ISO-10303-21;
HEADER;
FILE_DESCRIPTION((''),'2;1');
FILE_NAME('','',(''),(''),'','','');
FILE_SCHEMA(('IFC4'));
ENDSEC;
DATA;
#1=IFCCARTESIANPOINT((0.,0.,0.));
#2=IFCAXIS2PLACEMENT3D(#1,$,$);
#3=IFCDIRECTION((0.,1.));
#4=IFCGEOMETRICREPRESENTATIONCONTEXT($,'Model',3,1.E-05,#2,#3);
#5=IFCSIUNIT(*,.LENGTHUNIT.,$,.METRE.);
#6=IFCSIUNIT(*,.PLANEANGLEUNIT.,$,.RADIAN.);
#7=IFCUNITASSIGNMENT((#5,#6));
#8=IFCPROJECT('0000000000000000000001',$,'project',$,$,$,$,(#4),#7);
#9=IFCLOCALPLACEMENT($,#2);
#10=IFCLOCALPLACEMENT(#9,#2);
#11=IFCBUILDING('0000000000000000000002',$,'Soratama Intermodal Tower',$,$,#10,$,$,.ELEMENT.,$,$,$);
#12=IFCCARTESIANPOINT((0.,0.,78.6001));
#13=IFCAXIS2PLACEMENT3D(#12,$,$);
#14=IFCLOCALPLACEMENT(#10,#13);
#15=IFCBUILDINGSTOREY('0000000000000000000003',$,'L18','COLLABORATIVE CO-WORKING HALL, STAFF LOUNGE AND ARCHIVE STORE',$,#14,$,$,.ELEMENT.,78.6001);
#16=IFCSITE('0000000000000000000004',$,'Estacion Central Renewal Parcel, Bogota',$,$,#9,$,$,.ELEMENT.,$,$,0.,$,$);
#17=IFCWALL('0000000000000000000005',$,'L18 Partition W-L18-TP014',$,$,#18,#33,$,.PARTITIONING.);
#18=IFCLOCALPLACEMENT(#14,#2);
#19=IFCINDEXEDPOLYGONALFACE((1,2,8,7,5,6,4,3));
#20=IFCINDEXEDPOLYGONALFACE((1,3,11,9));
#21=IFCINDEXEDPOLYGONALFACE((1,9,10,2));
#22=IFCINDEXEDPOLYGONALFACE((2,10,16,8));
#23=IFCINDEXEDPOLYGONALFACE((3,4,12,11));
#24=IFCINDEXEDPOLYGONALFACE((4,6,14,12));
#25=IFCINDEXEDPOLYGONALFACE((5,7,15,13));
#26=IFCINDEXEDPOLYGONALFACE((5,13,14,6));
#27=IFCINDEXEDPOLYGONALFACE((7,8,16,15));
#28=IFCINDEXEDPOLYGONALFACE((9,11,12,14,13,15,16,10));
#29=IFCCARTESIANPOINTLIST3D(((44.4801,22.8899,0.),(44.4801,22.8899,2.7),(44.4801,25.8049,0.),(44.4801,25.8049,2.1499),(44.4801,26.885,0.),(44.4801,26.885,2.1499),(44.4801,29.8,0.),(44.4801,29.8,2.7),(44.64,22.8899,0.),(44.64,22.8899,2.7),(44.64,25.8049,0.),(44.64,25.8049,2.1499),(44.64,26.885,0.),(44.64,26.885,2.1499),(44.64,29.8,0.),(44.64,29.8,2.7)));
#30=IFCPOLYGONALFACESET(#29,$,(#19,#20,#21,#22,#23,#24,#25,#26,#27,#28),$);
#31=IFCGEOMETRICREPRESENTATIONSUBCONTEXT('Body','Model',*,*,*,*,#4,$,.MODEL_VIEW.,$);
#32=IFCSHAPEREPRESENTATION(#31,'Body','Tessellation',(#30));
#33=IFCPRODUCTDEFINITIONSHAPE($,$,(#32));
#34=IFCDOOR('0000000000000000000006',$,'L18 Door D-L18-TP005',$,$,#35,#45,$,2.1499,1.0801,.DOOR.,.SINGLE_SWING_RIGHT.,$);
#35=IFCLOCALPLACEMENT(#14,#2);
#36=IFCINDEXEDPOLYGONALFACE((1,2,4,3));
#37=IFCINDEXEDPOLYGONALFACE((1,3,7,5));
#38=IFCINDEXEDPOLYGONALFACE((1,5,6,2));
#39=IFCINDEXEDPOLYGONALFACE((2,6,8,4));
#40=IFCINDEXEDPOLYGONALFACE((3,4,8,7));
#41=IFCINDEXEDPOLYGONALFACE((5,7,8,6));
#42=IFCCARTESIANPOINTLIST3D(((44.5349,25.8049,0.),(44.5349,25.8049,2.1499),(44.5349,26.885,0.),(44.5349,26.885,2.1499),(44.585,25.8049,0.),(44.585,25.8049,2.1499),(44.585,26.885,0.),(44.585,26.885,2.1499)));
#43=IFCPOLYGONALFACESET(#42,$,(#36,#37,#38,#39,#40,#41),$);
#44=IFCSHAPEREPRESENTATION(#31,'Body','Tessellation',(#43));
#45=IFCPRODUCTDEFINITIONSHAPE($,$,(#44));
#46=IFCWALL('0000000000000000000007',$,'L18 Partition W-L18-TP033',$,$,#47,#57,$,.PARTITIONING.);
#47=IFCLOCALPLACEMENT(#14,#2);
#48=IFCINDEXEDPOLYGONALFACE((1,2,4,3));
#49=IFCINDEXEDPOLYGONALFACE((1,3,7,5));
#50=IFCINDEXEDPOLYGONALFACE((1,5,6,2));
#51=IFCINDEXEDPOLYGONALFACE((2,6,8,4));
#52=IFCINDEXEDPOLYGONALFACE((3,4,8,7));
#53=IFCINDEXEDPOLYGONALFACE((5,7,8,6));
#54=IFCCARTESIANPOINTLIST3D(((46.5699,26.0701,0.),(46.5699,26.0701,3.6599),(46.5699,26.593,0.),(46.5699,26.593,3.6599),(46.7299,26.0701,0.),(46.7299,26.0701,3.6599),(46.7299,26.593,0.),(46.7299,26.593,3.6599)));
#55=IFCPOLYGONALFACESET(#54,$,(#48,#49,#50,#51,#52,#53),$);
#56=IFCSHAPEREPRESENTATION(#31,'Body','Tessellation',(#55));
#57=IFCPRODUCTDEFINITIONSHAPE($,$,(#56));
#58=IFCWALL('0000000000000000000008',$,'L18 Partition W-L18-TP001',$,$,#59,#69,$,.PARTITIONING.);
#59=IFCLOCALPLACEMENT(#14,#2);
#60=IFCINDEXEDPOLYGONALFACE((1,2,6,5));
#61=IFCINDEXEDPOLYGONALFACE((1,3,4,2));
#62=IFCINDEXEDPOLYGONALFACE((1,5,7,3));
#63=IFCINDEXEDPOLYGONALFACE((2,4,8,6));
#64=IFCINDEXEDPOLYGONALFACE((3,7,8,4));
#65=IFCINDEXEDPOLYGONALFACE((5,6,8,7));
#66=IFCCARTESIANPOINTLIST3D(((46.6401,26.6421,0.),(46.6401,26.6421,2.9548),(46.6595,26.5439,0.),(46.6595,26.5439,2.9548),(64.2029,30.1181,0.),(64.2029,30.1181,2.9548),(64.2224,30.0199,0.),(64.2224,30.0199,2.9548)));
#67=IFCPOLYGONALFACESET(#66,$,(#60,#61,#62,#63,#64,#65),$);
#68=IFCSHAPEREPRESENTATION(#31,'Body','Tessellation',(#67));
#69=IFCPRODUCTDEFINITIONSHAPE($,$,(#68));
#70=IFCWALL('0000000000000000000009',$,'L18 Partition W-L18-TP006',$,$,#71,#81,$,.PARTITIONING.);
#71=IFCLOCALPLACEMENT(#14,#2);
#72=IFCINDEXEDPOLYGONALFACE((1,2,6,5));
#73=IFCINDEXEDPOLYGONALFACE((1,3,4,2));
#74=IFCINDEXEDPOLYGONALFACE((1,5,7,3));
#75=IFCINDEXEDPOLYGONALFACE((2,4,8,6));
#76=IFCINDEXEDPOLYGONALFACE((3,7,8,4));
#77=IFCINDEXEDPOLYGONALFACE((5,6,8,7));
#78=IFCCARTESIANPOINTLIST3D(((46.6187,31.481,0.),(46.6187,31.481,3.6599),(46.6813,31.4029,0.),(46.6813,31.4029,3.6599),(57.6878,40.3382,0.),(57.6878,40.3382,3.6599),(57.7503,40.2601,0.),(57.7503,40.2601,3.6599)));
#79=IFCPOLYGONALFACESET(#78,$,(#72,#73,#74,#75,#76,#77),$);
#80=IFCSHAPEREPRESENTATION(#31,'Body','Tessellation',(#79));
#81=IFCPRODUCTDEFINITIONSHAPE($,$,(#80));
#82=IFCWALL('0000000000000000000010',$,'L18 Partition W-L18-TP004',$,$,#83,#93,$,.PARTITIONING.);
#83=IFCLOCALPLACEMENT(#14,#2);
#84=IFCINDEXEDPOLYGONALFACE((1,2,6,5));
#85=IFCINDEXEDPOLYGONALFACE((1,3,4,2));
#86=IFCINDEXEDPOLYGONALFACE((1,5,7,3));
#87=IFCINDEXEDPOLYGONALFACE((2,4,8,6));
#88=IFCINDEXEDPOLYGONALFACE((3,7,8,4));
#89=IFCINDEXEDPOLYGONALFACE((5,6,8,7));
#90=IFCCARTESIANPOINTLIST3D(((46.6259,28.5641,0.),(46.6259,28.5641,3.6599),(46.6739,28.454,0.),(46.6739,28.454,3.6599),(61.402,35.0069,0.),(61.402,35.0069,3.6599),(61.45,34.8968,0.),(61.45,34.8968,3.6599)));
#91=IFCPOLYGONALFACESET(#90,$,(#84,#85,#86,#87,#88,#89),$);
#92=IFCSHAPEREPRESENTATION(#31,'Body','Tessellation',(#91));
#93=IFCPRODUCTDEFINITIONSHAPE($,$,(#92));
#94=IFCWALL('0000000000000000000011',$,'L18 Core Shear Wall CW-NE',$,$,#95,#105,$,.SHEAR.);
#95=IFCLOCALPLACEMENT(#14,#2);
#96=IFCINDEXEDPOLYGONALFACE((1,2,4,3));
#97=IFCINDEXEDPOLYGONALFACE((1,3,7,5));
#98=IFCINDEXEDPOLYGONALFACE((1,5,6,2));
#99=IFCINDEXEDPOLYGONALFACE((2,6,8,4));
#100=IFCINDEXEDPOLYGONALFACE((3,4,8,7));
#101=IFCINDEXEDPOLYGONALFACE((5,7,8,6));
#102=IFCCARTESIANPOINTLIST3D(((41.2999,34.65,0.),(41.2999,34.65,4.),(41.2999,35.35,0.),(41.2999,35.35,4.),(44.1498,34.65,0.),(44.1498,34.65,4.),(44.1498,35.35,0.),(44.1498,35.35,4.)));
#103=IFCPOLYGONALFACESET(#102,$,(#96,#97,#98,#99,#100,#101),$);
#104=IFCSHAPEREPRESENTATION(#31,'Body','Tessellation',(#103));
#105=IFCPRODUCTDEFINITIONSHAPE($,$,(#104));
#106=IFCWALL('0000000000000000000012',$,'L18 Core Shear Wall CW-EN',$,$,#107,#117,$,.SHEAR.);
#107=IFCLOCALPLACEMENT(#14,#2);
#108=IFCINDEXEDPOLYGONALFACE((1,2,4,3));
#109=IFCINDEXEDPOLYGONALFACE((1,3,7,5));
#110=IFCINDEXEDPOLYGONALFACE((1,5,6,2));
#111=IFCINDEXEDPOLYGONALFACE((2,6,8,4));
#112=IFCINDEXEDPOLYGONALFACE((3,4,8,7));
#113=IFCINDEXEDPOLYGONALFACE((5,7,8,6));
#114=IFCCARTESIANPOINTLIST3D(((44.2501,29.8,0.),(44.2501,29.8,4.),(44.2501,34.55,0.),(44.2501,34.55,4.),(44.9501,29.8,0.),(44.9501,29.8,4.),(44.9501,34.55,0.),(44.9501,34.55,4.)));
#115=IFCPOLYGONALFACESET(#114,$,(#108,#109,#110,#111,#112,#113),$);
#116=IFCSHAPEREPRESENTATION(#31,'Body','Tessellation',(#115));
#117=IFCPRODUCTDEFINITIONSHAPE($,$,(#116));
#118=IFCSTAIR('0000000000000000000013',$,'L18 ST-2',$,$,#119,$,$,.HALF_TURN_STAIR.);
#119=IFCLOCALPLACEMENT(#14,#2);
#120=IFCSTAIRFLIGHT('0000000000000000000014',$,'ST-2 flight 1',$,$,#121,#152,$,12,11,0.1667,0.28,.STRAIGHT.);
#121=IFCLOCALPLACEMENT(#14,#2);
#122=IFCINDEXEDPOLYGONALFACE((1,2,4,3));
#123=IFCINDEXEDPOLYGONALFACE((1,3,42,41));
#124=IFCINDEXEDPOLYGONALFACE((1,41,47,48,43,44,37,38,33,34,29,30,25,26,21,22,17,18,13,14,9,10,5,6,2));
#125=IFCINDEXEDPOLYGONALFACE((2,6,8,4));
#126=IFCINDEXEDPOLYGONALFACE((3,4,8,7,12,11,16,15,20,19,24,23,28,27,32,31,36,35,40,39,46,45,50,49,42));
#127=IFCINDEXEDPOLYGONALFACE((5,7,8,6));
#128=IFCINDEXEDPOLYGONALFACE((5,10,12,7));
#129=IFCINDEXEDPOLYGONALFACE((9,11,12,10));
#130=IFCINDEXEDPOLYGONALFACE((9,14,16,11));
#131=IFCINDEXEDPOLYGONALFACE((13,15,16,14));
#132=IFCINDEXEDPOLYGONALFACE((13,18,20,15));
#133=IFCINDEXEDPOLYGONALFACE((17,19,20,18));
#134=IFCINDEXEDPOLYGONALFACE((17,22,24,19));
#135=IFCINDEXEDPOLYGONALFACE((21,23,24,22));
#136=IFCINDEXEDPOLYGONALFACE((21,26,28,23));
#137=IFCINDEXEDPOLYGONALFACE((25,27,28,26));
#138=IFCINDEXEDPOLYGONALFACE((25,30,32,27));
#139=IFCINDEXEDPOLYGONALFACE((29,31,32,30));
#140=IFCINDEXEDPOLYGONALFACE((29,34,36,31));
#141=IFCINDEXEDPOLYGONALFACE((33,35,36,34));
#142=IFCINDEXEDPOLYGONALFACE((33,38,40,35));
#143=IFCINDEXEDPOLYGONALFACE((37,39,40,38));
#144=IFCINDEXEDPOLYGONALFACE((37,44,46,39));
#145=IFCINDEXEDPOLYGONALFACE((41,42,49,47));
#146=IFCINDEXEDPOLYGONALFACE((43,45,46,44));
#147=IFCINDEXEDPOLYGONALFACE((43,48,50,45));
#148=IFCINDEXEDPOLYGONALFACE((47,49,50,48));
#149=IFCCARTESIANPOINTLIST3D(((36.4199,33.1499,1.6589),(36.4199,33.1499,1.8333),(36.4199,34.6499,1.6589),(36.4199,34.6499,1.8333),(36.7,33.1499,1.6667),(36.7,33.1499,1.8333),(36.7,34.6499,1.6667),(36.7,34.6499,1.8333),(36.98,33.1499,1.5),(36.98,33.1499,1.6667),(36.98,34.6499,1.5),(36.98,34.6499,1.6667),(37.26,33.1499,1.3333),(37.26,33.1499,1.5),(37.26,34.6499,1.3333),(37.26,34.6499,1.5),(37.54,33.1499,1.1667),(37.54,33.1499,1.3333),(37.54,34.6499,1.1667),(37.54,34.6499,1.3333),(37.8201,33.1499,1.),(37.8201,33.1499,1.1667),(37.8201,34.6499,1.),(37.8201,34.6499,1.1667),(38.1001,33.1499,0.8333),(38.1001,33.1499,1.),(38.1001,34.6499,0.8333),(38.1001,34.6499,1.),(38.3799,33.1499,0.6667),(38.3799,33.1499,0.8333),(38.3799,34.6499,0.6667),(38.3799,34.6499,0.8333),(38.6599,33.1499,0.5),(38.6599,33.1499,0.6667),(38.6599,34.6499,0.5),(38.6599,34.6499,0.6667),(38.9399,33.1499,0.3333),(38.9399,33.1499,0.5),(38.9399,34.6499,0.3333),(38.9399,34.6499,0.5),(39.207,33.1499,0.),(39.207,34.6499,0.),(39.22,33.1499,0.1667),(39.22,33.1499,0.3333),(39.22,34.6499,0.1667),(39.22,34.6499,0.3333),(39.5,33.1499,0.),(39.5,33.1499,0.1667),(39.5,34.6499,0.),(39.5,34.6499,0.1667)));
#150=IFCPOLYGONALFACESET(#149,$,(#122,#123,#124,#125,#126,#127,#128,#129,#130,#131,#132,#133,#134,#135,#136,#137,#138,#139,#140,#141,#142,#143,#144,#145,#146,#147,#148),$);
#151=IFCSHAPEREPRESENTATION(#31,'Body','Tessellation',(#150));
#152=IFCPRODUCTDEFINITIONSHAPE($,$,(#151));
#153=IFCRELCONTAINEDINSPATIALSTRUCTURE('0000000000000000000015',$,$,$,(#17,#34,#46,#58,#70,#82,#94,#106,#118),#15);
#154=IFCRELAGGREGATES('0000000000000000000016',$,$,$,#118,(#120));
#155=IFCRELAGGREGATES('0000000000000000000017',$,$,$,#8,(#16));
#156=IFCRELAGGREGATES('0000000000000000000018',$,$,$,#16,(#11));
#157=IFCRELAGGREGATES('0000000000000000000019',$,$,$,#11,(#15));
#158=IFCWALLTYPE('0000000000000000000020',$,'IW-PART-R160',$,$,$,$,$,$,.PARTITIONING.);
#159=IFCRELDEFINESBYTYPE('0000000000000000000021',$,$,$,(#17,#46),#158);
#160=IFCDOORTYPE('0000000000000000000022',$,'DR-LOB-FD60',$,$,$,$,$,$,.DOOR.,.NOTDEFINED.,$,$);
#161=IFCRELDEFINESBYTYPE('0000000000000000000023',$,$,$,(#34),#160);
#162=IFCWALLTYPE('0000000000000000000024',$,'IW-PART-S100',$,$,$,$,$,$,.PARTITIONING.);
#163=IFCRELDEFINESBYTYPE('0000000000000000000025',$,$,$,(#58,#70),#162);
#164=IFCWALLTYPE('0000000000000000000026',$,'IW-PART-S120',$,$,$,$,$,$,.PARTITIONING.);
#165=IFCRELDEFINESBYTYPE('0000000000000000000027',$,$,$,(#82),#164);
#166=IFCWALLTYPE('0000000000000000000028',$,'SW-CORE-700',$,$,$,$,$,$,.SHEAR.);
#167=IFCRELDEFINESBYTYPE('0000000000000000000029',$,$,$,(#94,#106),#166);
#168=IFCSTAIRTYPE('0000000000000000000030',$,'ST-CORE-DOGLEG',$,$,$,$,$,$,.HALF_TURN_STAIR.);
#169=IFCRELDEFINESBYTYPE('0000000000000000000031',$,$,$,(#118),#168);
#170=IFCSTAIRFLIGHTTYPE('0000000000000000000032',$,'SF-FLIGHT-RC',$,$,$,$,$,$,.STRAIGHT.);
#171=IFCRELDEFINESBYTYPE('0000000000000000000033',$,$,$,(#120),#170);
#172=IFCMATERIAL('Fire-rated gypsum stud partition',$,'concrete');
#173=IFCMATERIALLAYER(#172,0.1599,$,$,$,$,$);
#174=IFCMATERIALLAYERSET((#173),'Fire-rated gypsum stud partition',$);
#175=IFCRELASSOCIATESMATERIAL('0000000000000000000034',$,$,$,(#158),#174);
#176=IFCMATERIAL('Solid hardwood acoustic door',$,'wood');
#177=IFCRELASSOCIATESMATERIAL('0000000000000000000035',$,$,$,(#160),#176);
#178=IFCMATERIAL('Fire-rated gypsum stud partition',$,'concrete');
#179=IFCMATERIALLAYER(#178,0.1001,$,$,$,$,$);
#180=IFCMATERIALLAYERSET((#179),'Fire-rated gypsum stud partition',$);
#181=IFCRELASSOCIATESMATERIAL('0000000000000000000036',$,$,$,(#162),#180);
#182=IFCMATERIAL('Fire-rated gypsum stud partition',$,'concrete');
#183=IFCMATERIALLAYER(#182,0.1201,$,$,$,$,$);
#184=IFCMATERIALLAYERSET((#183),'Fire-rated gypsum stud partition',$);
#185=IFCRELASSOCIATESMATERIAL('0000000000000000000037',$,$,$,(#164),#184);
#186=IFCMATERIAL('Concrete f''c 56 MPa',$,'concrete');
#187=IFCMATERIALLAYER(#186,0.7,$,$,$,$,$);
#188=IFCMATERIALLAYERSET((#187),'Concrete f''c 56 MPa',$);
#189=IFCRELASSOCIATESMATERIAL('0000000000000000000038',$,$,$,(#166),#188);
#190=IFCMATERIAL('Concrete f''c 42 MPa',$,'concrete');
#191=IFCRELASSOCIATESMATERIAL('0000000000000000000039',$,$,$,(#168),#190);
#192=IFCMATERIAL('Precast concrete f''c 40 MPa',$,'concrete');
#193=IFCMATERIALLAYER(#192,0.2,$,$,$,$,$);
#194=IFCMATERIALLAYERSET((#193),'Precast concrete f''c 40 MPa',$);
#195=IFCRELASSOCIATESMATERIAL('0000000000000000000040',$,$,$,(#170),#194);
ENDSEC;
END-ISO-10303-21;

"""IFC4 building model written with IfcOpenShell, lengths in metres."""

from ifc_helpers import new_model, si_unit, direction, frame, frame_2d, origin, place, context, subcontext, project, spatial, polyline, rectangle, outline, extrude, material, layer, layer_set, type_object, element, fill, aggregate, save


model = new_model("IFC4")

# Units and contexts
model_context = context("Model", 3, precision=1e-05, world=origin(), true_north=direction((0.0, 1.0)))
body_context = subcontext(model_context, "Body", "Model", "MODEL_VIEW")
ifc_project = project(units=[si_unit("LENGTHUNIT", "METRE"), si_unit("PLANEANGLEUNIT", "RADIAN")], contexts=[model_context])

# Site, building, storey
site_placement = place(None, origin())
site = spatial("IfcSite", under=ifc_project, at=site_placement, Name="Estacion Central Renewal Parcel, Bogota", CompositionType="ELEMENT", RefElevation=0.0)
building_placement = place(site_placement, origin())
building = spatial("IfcBuilding", under=site, at=building_placement, Name="Soratama Intermodal Tower", CompositionType="ELEMENT")
storey_placement = place(building_placement, frame((0.0, 0.0, 78.6001)))
storey = spatial("IfcBuildingStorey", under=building, at=storey_placement, Name="L18", Description="COLLABORATIVE CO-WORKING HALL, STAFF LOUNGE AND ARCHIVE STORE", CompositionType="ELEMENT", Elevation=78.6001)

# Wall, opening, door
ifc_material_1 = material(Name="Fire-rated gypsum stud partition", Category="concrete")
ifc_layer_1 = layer(ifc_material_1, 0.1599)
ifc_layer_set_1 = layer_set([ifc_layer_1], Name="Fire-rated gypsum stud partition")
wall_type_1 = type_object("IfcWallType", Name="IW-PART-R160", PredefinedType="PARTITIONING", material=ifc_layer_set_1)
wall_1_placement = place(storey_placement, frame((44.5601, 29.8, 0.0), z_axis=(0.0, 0.0, 1.0), x_axis=(0.0, -1.0, 0.0)))
wall_1 = element("IfcWall", 1, at=wall_1_placement, inside=storey, type_object=wall_type_1, Name="L18 Partition W-L18-TP014", PredefinedType="PARTITIONING", context=body_context, shape_type="SweptSolid", body=[
    extrude(rectangle(XDim=6.9102, YDim=0.1599, at=frame_2d((3.4551, 0.0))), origin(), (0.0, 0.0, 1.0), 2.7),
])
opening_1_placement = place(wall_1_placement, frame((2.915, 0.0, 0.0)))
opening_1 = element("IfcOpeningElement", 2, at=opening_1_placement, cuts=wall_1, PredefinedType="OPENING", context=body_context, shape_type="SweptSolid", body=[
    extrude(rectangle(XDim=1.0801, YDim=2.1499, at=frame_2d((0.54, 1.075))), frame((0.0, 0.0898, 0.0), z_axis=(0.0, -1.0, 0.0), x_axis=(1.0, 0.0, 0.0)), (0.0, 0.0, 1.0), 0.1799),
])
ifc_material_2 = material(Name="Solid hardwood acoustic door", Category="wood")
door_type_1 = type_object("IfcDoorType", Name="DR-LOB-FD60", OperationType="NOTDEFINED", PredefinedType="DOOR", material=ifc_material_2)
door_1_placement = place(opening_1_placement, origin())
door_1 = element("IfcDoor", 3, at=door_1_placement, inside=storey, type_object=door_type_1, Name="L18 Door D-L18-TP005", OperationType="SINGLE_SWING_RIGHT", OverallHeight=2.1499, OverallWidth=1.0801, PredefinedType="DOOR", context=body_context, shape_type="SweptSolid", body=[
    extrude(rectangle(XDim=1.0801, YDim=2.1499, at=frame_2d((0.54, 1.075))), frame((0.0, 0.0249, 0.0), z_axis=(0.0, -1.0, 0.0), x_axis=(1.0, 0.0, 0.0)), (0.0, 0.0, 1.0), 0.05),
])
fill(opening_1, door_1)

# Walls
wall_2_placement = place(storey_placement, frame((46.6499, 26.593, 0.0), z_axis=(0.0, 0.0, 1.0), x_axis=(0.0, -1.0, 0.0)))
element("IfcWall", 4, at=wall_2_placement, inside=storey, type_object=wall_type_1, Name="L18 Partition W-L18-TP033", PredefinedType="PARTITIONING", context=body_context, shape_type="SweptSolid", body=[
    extrude(rectangle(XDim=0.5229, YDim=0.1599, at=frame_2d((0.2615, 0.0))), origin(), (0.0, 0.0, 1.0), 3.6599),
])
ifc_material_3 = material(Name="Fire-rated gypsum stud partition", Category="concrete")
ifc_layer_2 = layer(ifc_material_3, 0.1001)
ifc_layer_set_2 = layer_set([ifc_layer_2], Name="Fire-rated gypsum stud partition")
wall_type_2 = type_object("IfcWallType", Name="IW-PART-S100", PredefinedType="PARTITIONING", material=ifc_layer_set_2)
wall_3_placement = place(storey_placement, frame((46.6499, 26.593, 0.0), z_axis=(0.0, 0.0, 1.0), x_axis=(0.980971, 0.194154, 0.0)))
element("IfcWall", 5, at=wall_3_placement, inside=storey, type_object=wall_type_2, Name="L18 Partition W-L18-TP001", PredefinedType="PARTITIONING", context=body_context, shape_type="SweptSolid", body=[
    extrude(rectangle(XDim=17.9036, YDim=0.1001, at=frame_2d((8.9517, 0.0))), origin(), (0.0, 0.0, 1.0), 2.9548),
])
wall_4_placement = place(storey_placement, frame((46.6499, 31.4419, 0.0), z_axis=(0.0, 0.0, 1.0), x_axis=(0.780803, 0.624777, 0.0)))
element("IfcWall", 6, at=wall_4_placement, inside=storey, type_object=wall_type_2, Name="L18 Partition W-L18-TP006", PredefinedType="PARTITIONING", context=body_context, shape_type="SweptSolid", body=[
    extrude(rectangle(XDim=14.1765, YDim=0.1001, at=frame_2d((7.0884, 0.0))), origin(), (0.0, 0.0, 1.0), 3.6599),
])
ifc_material_4 = material(Name="Fire-rated gypsum stud partition", Category="concrete")
ifc_layer_3 = layer(ifc_material_4, 0.1201)
ifc_layer_set_3 = layer_set([ifc_layer_3], Name="Fire-rated gypsum stud partition")
wall_type_3 = type_object("IfcWallType", Name="IW-PART-S120", PredefinedType="PARTITIONING", material=ifc_layer_set_3)
wall_5_placement = place(storey_placement, frame((46.6499, 28.509, 0.0), z_axis=(0.0, 0.0, 1.0), x_axis=(0.916651, 0.39969, 0.0)))
element("IfcWall", 7, at=wall_5_placement, inside=storey, type_object=wall_type_3, Name="L18 Partition W-L18-TP004", PredefinedType="PARTITIONING", context=body_context, shape_type="SweptSolid", body=[
    extrude(rectangle(XDim=16.1196, YDim=0.1201, at=frame_2d((8.0598, 0.0))), origin(), (0.0, 0.0, 1.0), 3.6599),
])
ifc_material_5 = material(Name="Concrete f'c 56 MPa", Category="concrete")
ifc_layer_4 = layer(ifc_material_5, 0.7)
ifc_layer_set_4 = layer_set([ifc_layer_4], Name="Concrete f'c 56 MPa")
wall_type_4 = type_object("IfcWallType", Name="SW-CORE-700", PredefinedType="SHEAR", material=ifc_layer_set_4)
wall_6_placement = place(storey_placement, frame((41.3, 35.0, 0.0), z_axis=(0.0, 0.0, 1.0), x_axis=(1.0, 0.0, 0.0)))
element("IfcWall", 8, at=wall_6_placement, inside=storey, type_object=wall_type_4, Name="L18 Core Shear Wall CW-NE", PredefinedType="SHEAR", context=body_context, shape_type="SweptSolid", body=[
    extrude(rectangle(XDim=2.8499, YDim=0.7, at=frame_2d((1.4248, 0.0))), origin(), (0.0, 0.0, 1.0), 4.0),
])
wall_7_placement = place(storey_placement, frame((44.6001, 29.8, 0.0), z_axis=(0.0, 0.0, 1.0), x_axis=(0.0, 1.0, 0.0)))
element("IfcWall", 9, at=wall_7_placement, inside=storey, type_object=wall_type_4, Name="L18 Core Shear Wall CW-EN", PredefinedType="SHEAR", context=body_context, shape_type="SweptSolid", body=[
    extrude(rectangle(XDim=4.75, YDim=0.7, at=frame_2d((2.375, 0.0))), origin(), (0.0, 0.0, 1.0), 4.0),
])

# Stair, stair flight
ifc_material_6 = material(Name="Concrete f'c 42 MPa", Category="concrete")
stair_type = type_object("IfcStairType", Name="ST-CORE-DOGLEG", PredefinedType="HALF_TURN_STAIR", material=ifc_material_6)
stair_placement = place(storey_placement, origin())
stair = element("IfcStair", 10, at=stair_placement, inside=storey, type_object=stair_type, Name="L18 ST-2", PredefinedType="HALF_TURN_STAIR")
ifc_material_7 = material(Name="Precast concrete f'c 40 MPa", Category="concrete")
ifc_layer_5 = layer(ifc_material_7, 0.2)
ifc_layer_set_5 = layer_set([ifc_layer_5], Name="Precast concrete f'c 40 MPa")
stair_flight_type = type_object("IfcStairFlightType", Name="SF-FLIGHT-RC", PredefinedType="STRAIGHT", material=ifc_layer_set_5)
stair_flight_placement = place(storey_placement, frame((39.5, 33.8999, 0.0), z_axis=(0.0, 0.0, 1.0), x_axis=(-1.0, 0.0, 0.0)))
stair_flight = element("IfcStairFlight", 11, at=stair_flight_placement, type_object=stair_flight_type, Name="ST-2 flight 1", NumberOfRisers=12, NumberOfTreads=11, PredefinedType="STRAIGHT", RiserHeight=0.1667, TreadLength=0.28, context=body_context, shape_type="SweptSolid", body=[
    extrude(outline(polyline([(0.0, 0.0), (0.0, 0.1667), (0.28, 0.1667), (0.28, 0.3333), (0.5601, 0.3333), (0.5601, 0.5), (0.8401, 0.5), (0.8401, 0.6667), (1.1201, 0.6667), (1.1201, 0.8333), (1.3999, 0.8333), (1.3999, 1.0), (1.6799, 1.0), (1.6799, 1.1667), (1.96, 1.1667), (1.96, 1.3333), (2.24, 1.3333), (2.24, 1.5), (2.52, 1.5), (2.52, 1.6667), (2.8, 1.6667), (2.8, 1.8333), (3.0801, 1.8333), (3.0801, 2.0), (3.0801, 1.6589), (0.293, 0.0), (0.0, 0.0)])), frame((0.0, 0.75, 0.0), z_axis=(0.0, -1.0, 0.0), x_axis=(1.0, 0.0, 0.0)), (0.0, 0.0, 1.0), 1.5),
])
aggregate(stair, [stair_flight])

save(model, "model.ifc")
